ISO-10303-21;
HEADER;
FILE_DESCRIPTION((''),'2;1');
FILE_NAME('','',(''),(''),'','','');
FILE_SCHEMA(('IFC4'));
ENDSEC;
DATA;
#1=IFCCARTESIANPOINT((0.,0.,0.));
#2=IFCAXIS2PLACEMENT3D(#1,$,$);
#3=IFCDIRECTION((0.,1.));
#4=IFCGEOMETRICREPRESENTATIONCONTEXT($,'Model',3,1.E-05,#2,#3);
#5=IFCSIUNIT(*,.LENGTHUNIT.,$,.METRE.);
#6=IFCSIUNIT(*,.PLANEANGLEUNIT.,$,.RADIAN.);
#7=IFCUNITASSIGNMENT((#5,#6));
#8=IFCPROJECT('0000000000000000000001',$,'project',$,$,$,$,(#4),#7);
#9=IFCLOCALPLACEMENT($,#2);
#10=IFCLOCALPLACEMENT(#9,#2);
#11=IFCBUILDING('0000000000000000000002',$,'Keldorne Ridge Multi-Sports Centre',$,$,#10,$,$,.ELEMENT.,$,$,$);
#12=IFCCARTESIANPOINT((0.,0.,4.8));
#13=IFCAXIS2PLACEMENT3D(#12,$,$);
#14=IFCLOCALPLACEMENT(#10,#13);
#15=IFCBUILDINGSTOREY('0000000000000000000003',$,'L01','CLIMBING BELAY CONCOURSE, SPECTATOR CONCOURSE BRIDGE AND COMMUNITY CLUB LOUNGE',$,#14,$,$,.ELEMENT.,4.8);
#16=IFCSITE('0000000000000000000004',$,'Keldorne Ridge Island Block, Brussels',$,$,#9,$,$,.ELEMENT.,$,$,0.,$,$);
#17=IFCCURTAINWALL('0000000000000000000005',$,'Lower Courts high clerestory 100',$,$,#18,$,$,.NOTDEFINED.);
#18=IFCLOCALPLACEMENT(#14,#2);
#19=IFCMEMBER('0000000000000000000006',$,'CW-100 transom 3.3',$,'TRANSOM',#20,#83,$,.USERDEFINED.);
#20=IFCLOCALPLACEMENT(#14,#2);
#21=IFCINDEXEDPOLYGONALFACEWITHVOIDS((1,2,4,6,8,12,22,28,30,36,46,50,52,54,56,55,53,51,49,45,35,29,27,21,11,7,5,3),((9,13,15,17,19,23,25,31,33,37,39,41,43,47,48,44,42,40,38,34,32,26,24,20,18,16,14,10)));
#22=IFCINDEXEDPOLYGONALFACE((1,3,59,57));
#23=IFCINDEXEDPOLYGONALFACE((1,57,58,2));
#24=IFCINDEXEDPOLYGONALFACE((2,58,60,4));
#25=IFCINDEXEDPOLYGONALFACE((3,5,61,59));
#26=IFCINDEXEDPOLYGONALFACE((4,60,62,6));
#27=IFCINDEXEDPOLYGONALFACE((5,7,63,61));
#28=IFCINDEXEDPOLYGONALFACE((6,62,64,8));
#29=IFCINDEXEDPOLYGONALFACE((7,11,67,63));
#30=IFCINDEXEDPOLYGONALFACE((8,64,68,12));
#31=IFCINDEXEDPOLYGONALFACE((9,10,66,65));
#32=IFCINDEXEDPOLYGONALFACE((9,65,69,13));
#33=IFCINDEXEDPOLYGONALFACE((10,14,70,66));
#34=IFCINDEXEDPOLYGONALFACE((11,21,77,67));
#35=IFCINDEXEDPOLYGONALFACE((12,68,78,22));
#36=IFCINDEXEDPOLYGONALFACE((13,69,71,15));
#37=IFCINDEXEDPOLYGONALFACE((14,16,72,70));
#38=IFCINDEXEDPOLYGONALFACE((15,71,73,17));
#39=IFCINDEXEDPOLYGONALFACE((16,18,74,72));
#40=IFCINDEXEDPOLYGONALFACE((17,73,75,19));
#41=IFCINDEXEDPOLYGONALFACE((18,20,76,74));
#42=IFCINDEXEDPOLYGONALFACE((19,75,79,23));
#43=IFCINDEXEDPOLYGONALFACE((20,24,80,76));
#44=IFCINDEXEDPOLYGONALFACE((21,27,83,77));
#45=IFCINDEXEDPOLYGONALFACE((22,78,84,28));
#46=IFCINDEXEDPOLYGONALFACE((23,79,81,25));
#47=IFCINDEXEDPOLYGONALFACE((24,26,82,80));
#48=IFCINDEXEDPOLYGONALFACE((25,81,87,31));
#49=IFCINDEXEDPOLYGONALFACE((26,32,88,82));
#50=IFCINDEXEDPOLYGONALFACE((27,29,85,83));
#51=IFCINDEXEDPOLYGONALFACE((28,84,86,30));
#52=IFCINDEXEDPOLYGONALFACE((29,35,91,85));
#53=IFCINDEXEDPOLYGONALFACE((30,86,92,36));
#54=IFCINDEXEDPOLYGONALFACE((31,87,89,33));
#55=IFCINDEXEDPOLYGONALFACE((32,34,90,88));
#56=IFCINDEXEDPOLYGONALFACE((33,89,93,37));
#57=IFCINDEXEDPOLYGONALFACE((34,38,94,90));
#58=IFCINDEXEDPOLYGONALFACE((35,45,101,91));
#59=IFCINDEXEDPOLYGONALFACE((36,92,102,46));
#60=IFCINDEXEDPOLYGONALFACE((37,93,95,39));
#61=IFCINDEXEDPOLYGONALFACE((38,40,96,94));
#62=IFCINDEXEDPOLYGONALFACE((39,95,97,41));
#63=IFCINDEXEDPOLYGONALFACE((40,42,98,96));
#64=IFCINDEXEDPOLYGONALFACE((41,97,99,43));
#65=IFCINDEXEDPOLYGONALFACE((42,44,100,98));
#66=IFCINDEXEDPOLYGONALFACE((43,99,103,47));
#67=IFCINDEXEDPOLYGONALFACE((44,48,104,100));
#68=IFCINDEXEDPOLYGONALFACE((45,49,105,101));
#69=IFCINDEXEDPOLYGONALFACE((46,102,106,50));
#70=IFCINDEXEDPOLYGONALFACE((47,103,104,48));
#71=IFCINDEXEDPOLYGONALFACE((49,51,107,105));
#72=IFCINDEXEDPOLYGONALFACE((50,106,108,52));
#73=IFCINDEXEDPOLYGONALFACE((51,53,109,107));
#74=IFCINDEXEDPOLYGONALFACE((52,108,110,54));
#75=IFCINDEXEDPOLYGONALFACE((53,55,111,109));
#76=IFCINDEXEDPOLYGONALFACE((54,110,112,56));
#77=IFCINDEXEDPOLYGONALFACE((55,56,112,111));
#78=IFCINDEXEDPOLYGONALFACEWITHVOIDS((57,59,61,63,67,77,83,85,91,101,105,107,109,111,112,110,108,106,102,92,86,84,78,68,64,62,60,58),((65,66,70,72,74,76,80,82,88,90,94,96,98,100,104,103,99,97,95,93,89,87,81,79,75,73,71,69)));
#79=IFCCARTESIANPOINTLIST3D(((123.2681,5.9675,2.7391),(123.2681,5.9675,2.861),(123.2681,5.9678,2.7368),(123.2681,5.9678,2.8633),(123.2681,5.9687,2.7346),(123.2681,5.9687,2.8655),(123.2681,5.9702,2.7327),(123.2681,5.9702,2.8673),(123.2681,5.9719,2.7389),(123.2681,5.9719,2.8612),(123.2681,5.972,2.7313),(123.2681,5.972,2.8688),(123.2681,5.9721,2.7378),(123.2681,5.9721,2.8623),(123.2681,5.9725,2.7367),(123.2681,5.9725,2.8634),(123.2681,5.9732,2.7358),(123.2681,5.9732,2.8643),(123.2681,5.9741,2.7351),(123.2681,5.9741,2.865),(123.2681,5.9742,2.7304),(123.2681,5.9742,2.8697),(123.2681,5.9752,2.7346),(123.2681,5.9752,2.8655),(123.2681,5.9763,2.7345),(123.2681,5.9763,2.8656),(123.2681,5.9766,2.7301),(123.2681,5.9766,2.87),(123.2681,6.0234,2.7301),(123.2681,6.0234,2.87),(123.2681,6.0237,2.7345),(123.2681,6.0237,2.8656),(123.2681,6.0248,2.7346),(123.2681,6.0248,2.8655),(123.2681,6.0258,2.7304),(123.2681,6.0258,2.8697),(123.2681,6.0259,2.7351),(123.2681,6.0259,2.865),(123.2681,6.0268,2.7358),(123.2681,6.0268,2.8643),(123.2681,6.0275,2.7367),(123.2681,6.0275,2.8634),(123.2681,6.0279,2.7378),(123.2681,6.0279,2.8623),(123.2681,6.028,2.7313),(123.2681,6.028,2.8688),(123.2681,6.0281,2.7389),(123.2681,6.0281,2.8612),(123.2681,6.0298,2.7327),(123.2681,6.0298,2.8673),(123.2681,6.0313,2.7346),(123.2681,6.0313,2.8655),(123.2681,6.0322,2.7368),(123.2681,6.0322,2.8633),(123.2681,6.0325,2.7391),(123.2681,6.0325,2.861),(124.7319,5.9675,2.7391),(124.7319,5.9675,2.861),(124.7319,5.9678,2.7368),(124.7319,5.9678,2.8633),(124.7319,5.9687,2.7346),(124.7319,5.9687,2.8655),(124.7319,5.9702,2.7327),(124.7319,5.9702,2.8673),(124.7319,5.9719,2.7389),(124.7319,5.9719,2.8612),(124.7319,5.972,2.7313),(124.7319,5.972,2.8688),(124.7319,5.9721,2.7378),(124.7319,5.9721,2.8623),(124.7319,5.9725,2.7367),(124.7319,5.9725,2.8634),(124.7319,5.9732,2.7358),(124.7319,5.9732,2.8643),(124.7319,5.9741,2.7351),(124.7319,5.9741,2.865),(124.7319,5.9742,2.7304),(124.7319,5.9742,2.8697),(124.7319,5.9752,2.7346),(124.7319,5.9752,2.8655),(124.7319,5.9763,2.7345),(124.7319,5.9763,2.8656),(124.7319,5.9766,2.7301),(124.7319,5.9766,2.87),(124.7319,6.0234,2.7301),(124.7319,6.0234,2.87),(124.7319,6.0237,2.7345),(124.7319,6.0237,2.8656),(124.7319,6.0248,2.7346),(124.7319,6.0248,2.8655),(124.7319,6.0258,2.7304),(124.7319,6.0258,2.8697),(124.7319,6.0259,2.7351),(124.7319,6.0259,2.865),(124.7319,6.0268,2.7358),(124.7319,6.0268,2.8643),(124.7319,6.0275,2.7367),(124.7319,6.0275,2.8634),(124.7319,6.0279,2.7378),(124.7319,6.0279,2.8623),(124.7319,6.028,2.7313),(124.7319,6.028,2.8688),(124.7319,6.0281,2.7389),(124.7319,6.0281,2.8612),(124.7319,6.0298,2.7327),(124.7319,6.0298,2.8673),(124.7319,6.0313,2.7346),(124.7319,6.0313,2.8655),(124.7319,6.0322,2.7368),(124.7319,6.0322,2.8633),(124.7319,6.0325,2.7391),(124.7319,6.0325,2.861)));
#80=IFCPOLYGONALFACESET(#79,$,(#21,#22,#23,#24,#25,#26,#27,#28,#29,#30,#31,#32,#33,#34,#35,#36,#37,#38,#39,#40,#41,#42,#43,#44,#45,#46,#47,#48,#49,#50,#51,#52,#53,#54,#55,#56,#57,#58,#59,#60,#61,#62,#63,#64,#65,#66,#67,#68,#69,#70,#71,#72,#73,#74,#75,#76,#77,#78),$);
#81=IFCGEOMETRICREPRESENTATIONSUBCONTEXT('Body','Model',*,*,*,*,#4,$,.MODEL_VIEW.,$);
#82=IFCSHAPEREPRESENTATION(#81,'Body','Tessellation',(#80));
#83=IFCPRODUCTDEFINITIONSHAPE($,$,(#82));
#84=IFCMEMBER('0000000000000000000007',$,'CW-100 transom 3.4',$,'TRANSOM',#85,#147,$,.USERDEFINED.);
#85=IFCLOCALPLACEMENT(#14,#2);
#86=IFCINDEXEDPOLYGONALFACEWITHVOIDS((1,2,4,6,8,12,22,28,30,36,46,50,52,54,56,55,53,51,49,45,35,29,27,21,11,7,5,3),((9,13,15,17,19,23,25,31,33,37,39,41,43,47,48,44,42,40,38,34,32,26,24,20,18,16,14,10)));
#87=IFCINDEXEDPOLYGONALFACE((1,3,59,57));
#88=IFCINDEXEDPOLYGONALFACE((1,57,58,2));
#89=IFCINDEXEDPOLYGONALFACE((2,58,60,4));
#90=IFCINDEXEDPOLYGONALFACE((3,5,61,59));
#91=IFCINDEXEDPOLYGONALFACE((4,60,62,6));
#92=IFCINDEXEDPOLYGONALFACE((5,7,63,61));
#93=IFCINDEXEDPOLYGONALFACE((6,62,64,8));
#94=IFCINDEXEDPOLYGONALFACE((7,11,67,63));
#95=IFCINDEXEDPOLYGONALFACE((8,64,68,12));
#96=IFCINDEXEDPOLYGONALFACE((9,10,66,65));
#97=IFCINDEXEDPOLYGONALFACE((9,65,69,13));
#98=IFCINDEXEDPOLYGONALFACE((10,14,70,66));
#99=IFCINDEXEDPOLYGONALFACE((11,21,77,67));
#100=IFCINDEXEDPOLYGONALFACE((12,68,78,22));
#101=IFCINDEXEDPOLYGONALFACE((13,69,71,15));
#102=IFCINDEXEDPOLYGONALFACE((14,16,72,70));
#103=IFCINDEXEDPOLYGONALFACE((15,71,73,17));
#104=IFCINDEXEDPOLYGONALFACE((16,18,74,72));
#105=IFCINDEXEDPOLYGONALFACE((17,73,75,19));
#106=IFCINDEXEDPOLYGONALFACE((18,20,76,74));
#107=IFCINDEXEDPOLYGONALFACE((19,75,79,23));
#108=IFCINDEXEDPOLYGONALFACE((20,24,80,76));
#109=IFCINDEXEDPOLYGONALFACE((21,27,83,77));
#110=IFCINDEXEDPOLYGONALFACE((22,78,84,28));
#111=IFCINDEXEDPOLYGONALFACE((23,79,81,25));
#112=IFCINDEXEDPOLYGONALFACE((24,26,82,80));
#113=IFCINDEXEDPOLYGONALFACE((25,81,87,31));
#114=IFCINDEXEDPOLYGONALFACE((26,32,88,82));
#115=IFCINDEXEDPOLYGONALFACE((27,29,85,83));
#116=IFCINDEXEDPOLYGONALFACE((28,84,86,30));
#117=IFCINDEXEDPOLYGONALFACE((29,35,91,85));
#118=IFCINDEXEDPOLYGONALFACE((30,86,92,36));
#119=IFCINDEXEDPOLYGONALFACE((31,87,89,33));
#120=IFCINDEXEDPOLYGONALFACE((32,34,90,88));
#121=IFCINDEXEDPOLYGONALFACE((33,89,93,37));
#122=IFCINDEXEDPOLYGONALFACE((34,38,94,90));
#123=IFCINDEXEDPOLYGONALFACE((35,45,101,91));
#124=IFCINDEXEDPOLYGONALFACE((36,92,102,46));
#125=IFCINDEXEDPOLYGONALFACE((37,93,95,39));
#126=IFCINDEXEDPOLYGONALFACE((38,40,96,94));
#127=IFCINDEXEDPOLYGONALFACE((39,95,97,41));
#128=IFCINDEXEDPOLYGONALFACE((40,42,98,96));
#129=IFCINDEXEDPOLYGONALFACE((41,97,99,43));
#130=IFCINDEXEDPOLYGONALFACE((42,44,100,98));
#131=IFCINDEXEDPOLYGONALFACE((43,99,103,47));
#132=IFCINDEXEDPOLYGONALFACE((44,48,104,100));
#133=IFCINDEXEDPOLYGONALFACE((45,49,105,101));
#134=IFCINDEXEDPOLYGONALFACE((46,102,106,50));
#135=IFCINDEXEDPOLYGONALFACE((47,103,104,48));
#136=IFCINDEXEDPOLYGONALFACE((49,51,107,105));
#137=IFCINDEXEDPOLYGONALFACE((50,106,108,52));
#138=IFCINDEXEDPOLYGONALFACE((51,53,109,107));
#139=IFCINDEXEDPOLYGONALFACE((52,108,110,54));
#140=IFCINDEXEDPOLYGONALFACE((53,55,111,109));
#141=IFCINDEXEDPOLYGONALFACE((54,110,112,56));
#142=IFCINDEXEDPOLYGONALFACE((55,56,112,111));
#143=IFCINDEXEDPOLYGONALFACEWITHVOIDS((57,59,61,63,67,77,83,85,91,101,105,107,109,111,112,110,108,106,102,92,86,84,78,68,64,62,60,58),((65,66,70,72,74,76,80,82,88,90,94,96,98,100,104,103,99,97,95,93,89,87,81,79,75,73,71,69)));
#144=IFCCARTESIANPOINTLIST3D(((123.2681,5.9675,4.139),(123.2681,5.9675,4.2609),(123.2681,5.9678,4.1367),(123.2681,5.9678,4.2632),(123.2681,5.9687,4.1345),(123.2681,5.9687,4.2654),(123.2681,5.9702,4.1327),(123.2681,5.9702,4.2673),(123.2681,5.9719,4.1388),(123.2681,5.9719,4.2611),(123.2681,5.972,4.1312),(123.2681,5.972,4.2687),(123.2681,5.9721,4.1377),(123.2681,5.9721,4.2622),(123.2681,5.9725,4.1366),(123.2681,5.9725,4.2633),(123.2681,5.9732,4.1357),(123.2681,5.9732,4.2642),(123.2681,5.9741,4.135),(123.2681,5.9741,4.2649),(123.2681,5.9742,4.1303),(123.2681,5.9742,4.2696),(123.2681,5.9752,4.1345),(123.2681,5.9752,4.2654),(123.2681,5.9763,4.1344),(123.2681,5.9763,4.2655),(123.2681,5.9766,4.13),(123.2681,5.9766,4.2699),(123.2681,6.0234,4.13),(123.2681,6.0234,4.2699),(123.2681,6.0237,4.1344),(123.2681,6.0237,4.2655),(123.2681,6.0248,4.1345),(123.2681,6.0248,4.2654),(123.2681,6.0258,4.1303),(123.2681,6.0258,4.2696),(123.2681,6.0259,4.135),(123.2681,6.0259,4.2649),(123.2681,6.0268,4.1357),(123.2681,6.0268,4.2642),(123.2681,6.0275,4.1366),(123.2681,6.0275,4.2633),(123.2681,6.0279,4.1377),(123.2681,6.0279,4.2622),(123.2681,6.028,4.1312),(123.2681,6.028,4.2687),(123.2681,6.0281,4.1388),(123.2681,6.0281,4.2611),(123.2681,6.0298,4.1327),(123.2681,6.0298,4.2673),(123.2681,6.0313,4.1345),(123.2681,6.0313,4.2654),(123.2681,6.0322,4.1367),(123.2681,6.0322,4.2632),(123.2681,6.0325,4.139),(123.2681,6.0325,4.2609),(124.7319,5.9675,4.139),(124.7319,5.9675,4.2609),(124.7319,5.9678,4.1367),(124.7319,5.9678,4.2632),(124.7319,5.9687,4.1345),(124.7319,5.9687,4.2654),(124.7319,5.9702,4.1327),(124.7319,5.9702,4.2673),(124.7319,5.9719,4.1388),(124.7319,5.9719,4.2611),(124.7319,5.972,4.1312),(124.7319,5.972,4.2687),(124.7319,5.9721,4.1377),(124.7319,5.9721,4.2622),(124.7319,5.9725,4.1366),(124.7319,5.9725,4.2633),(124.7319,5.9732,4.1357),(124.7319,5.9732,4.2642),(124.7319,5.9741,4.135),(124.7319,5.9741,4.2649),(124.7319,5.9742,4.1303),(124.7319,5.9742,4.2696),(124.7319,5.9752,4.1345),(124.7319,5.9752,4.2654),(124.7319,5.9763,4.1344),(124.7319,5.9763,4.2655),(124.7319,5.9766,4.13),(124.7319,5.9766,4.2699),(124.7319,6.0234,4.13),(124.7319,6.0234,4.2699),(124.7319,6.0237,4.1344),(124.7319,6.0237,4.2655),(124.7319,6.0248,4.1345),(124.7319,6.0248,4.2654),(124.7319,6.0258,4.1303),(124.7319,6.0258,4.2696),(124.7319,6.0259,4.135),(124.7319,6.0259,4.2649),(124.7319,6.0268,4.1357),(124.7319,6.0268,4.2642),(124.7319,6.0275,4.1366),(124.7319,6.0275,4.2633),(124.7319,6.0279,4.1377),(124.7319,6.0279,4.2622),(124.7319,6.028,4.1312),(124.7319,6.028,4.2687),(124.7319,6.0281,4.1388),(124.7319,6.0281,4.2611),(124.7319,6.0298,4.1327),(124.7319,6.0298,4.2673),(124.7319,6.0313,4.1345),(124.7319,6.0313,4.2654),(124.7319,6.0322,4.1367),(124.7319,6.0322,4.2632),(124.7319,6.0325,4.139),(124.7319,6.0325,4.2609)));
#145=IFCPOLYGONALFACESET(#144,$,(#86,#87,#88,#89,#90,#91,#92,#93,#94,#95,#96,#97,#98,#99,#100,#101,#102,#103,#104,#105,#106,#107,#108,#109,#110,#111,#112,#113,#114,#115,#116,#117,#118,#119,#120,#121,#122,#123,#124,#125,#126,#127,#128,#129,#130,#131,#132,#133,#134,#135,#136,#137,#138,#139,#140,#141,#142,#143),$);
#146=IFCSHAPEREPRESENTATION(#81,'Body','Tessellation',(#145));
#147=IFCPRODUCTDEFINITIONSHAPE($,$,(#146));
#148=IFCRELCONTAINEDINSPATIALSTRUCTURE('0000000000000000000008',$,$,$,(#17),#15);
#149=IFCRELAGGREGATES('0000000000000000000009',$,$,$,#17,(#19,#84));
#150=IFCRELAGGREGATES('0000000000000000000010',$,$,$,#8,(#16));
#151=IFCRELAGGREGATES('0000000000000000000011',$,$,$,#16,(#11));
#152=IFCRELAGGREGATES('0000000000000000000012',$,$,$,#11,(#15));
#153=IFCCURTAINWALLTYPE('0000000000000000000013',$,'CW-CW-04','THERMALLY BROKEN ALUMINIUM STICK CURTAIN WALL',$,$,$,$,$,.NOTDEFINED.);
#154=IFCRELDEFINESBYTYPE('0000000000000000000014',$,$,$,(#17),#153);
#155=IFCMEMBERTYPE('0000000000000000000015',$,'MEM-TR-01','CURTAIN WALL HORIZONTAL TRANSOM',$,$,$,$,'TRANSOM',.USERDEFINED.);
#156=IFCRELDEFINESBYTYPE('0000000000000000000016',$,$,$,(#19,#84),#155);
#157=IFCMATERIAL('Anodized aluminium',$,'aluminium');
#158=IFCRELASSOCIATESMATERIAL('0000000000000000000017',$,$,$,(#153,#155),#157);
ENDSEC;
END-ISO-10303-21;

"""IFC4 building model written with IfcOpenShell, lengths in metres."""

from ifc_helpers import new_model, si_unit, direction, frame, origin, origin_2d, place, context, subcontext, project, spatial, hollow_rectangle, extrude, material, material_profile, profile_set, type_object, element, aggregate, save


model = new_model("IFC4")

# Units and contexts
model_context = context("Model", 3, precision=1e-05, world=origin(), true_north=direction((0.0, 1.0)))
body_context = subcontext(model_context, "Body", "Model", "MODEL_VIEW")
ifc_project = project(units=[si_unit("LENGTHUNIT", "METRE"), si_unit("PLANEANGLEUNIT", "RADIAN")], contexts=[model_context])

# Site, building, storey
site_placement = place(None, origin())
site = spatial("IfcSite", under=ifc_project, at=site_placement, Name="Keldorne Ridge Island Block, Brussels", CompositionType="ELEMENT", RefElevation=0.0)
building_placement = place(site_placement, origin())
building = spatial("IfcBuilding", under=site, at=building_placement, Name="Keldorne Ridge Multi-Sports Centre", CompositionType="ELEMENT")
storey_placement = place(building_placement, frame((0.0, 0.0, 4.8)))
storey = spatial("IfcBuildingStorey", under=building, at=storey_placement, Name="L01", Description="CLIMBING BELAY CONCOURSE, SPECTATOR CONCOURSE BRIDGE AND COMMUNITY CLUB LOUNGE", CompositionType="ELEMENT", Elevation=4.8)

# Curtain wall, members
ifc_material_1 = material(Name="Anodized aluminium", Category="aluminium")
curtain_wall_type = type_object("IfcCurtainWallType", Name="CW-CW-04", Description="THERMALLY BROKEN ALUMINIUM STICK CURTAIN WALL", PredefinedType="NOTDEFINED", material=ifc_material_1)
curtain_wall_placement = place(storey_placement, origin())
curtain_wall = element("IfcCurtainWall", 1, at=curtain_wall_placement, inside=storey, type_object=curtain_wall_type, Name="Lower Courts high clerestory 100", PredefinedType="NOTDEFINED")
ifc_material_profile_1 = material_profile(ifc_material_1, hollow_rectangle(XDim=0.0649, YDim=0.1399, WallThickness=0.0044, InnerFilletRadius=0.0044, OuterFilletRadius=0.009, at=origin_2d()), Name="ALU TRANSOM 140x65x4.5")
ifc_profile_set_1 = profile_set([ifc_material_profile_1], Name="Anodized aluminium")
member_type_1 = type_object("IfcMemberType", Name="MEM-TR-01", Description="CURTAIN WALL HORIZONTAL TRANSOM", ElementType="TRANSOM", PredefinedType="USERDEFINED", material=ifc_profile_set_1)
member_1_placement = place(storey_placement, frame((123.2681, 6.0, 2.8), z_axis=(1.0, 0.0, 0.0), x_axis=(0.0, 1.0, 0.0)))
member_1 = element("IfcMember", 2, at=member_1_placement, type_object=member_type_1, Name="CW-100 transom 3.3", ObjectType="TRANSOM", PredefinedType="USERDEFINED", context=body_context, shape_type="SweptSolid", body=[
    extrude(hollow_rectangle(XDim=0.0649, YDim=0.1399, WallThickness=0.0044, InnerFilletRadius=0.0044, OuterFilletRadius=0.009, at=origin_2d()), origin(), (0.0, 0.0, 1.0), 1.4639),
])
member_2_placement = place(storey_placement, frame((123.2681, 6.0, 4.2), z_axis=(1.0, 0.0, 0.0), x_axis=(0.0, 1.0, 0.0)))
member_2 = element("IfcMember", 3, at=member_2_placement, type_object=member_type_1, Name="CW-100 transom 3.4", ObjectType="TRANSOM", PredefinedType="USERDEFINED", context=body_context, shape_type="SweptSolid", body=[
    extrude(hollow_rectangle(XDim=0.0649, YDim=0.1399, WallThickness=0.0044, InnerFilletRadius=0.0044, OuterFilletRadius=0.009, at=origin_2d()), origin(), (0.0, 0.0, 1.0), 1.4639),
])

aggregate(curtain_wall, [member_1, member_2])

save(model, "model.ifc")
